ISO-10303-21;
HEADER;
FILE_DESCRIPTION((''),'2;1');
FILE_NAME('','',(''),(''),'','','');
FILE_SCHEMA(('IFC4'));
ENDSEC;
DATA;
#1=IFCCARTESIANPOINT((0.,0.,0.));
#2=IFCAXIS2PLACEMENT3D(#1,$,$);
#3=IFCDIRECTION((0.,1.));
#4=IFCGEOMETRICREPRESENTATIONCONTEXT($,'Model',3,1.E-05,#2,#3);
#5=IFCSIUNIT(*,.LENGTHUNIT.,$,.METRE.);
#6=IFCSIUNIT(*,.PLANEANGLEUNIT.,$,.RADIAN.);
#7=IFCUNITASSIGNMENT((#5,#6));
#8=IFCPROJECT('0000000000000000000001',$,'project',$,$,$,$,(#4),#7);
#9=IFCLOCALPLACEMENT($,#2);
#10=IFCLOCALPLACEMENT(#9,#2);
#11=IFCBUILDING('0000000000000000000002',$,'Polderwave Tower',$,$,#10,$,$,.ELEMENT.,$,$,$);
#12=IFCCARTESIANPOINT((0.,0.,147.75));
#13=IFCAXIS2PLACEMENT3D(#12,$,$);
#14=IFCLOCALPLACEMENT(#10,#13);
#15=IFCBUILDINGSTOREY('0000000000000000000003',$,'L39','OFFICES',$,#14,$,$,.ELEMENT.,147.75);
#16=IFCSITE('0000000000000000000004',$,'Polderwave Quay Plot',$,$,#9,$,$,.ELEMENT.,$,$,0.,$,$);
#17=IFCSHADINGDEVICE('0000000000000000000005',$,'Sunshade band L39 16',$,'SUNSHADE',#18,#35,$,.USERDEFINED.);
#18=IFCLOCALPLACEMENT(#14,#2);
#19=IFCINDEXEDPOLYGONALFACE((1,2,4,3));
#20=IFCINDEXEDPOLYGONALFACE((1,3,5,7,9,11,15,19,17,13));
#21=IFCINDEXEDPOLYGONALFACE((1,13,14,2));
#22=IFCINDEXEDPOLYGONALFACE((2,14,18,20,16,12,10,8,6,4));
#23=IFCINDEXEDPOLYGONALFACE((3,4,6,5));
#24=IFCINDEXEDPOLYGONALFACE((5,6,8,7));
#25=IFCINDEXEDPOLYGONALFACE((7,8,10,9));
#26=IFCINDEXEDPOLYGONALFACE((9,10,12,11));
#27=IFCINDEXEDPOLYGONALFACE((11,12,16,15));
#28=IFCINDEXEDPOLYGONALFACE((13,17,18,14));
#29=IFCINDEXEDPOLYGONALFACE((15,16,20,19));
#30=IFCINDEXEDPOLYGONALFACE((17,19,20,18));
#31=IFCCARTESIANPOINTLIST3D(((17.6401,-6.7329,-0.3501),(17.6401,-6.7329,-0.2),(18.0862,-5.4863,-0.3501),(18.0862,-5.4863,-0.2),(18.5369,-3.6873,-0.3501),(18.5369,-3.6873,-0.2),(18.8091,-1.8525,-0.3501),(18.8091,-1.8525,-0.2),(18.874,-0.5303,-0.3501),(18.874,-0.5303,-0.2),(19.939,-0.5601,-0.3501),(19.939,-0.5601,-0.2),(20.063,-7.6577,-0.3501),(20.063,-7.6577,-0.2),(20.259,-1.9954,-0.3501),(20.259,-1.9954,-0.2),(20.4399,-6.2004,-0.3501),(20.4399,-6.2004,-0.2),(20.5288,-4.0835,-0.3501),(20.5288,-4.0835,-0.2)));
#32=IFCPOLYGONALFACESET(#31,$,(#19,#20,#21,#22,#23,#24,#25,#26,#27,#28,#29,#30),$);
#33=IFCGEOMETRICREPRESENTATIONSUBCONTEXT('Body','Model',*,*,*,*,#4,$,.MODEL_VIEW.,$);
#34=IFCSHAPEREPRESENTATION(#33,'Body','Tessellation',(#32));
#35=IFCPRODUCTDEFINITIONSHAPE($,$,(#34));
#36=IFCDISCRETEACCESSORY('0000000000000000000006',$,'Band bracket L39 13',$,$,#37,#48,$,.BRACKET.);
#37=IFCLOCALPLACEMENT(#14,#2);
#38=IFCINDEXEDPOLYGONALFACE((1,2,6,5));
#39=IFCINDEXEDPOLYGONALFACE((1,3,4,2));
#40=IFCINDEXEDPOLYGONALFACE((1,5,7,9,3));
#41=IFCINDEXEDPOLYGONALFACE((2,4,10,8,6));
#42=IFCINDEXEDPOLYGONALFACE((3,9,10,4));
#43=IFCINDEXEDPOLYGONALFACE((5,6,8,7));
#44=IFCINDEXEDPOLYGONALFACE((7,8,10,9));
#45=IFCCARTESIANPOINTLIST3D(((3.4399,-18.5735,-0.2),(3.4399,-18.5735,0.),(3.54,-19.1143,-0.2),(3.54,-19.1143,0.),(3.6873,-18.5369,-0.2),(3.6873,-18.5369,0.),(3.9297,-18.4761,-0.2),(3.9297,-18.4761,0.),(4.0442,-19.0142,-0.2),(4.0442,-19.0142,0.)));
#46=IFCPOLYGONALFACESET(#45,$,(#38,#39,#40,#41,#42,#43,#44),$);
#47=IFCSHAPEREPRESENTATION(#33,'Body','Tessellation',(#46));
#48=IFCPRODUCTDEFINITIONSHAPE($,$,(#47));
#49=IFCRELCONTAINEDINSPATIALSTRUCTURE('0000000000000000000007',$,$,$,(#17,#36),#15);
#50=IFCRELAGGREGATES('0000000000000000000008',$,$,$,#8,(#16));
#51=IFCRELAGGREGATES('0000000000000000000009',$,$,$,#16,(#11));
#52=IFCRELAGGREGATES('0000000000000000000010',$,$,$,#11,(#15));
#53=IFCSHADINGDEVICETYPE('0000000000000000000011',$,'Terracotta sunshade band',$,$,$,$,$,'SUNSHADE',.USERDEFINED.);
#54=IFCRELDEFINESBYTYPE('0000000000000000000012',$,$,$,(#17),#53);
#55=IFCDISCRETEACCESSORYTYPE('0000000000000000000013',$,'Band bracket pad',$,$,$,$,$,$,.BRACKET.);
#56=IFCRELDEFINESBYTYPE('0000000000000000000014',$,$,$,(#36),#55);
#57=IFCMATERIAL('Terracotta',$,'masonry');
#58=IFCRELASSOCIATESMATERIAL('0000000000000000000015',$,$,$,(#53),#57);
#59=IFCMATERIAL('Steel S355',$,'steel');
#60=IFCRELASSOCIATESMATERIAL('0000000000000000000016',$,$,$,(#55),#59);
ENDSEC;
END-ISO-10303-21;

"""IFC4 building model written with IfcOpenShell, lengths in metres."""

from ifc_helpers import new_model, si_unit, direction, frame, origin, place, context, subcontext, project, spatial, polyline, outline, extrude, material, type_object, element, save


model = new_model("IFC4")

# Units and contexts
model_context = context("Model", 3, precision=1e-05, world=origin(), true_north=direction((0.0, 1.0)))
body_context = subcontext(model_context, "Body", "Model", "MODEL_VIEW")
ifc_project = project(units=[si_unit("LENGTHUNIT", "METRE"), si_unit("PLANEANGLEUNIT", "RADIAN")], contexts=[model_context])

# Site, building, storey
site_placement = place(None, origin())
site = spatial("IfcSite", under=ifc_project, at=site_placement, Name="Polderwave Quay Plot", CompositionType="ELEMENT", RefElevation=0.0)
building_placement = place(site_placement, origin())
building = spatial("IfcBuilding", under=site, at=building_placement, Name="Polderwave Tower", CompositionType="ELEMENT")
storey_placement = place(building_placement, frame((0.0, 0.0, 147.75)))
storey = spatial("IfcBuildingStorey", under=building, at=storey_placement, Name="L39", Description="OFFICES", CompositionType="ELEMENT", Elevation=147.75)

# Shading device
ifc_material_1 = material(Name="Terracotta", Category="masonry")
shading_device_type = type_object("IfcShadingDeviceType", Name="Terracotta sunshade band", ElementType="SUNSHADE", PredefinedType="USERDEFINED", material=ifc_material_1)
shading_device_1_placement = place(storey_placement, frame((0.0, 0.0, -0.3501)))
element("IfcShadingDevice", 1, at=shading_device_1_placement, inside=storey, type_object=shading_device_type, Name="Sunshade band L39 16", ObjectType="SUNSHADE", PredefinedType="USERDEFINED", context=body_context, shape_type="SweptSolid", body=[
    extrude(outline(polyline([(17.6401, -6.7329), (18.0862, -5.4863), (18.5369, -3.6873), (18.8091, -1.8525), (18.874, -0.5303), (19.939, -0.5601), (20.259, -1.9954), (20.5288, -4.0835), (20.4399, -6.2004), (20.063, -7.6577), (17.6401, -6.7329)])), origin(), (0.0, 0.0, 1.0), 0.1501),
])

# Discrete accessory
ifc_material_2 = material(Name="Steel S355", Category="steel")
discrete_accessory_type = type_object("IfcDiscreteAccessoryType", Name="Band bracket pad", PredefinedType="BRACKET", material=ifc_material_2)
discrete_accessory_placement = place(storey_placement, frame((0.0, 0.0, -0.2)))
element("IfcDiscreteAccessory", 2, at=discrete_accessory_placement, inside=storey, type_object=discrete_accessory_type, Name="Band bracket L39 13", PredefinedType="BRACKET", context=body_context, shape_type="SweptSolid", body=[
    extrude(outline(polyline([(3.4399, -18.5735), (3.6873, -18.5369), (3.9297, -18.4761), (4.0442, -19.0142), (3.54, -19.1143), (3.4399, -18.5735)])), origin(), (0.0, 0.0, 1.0), 0.2),
])

save(model, "model.ifc")
